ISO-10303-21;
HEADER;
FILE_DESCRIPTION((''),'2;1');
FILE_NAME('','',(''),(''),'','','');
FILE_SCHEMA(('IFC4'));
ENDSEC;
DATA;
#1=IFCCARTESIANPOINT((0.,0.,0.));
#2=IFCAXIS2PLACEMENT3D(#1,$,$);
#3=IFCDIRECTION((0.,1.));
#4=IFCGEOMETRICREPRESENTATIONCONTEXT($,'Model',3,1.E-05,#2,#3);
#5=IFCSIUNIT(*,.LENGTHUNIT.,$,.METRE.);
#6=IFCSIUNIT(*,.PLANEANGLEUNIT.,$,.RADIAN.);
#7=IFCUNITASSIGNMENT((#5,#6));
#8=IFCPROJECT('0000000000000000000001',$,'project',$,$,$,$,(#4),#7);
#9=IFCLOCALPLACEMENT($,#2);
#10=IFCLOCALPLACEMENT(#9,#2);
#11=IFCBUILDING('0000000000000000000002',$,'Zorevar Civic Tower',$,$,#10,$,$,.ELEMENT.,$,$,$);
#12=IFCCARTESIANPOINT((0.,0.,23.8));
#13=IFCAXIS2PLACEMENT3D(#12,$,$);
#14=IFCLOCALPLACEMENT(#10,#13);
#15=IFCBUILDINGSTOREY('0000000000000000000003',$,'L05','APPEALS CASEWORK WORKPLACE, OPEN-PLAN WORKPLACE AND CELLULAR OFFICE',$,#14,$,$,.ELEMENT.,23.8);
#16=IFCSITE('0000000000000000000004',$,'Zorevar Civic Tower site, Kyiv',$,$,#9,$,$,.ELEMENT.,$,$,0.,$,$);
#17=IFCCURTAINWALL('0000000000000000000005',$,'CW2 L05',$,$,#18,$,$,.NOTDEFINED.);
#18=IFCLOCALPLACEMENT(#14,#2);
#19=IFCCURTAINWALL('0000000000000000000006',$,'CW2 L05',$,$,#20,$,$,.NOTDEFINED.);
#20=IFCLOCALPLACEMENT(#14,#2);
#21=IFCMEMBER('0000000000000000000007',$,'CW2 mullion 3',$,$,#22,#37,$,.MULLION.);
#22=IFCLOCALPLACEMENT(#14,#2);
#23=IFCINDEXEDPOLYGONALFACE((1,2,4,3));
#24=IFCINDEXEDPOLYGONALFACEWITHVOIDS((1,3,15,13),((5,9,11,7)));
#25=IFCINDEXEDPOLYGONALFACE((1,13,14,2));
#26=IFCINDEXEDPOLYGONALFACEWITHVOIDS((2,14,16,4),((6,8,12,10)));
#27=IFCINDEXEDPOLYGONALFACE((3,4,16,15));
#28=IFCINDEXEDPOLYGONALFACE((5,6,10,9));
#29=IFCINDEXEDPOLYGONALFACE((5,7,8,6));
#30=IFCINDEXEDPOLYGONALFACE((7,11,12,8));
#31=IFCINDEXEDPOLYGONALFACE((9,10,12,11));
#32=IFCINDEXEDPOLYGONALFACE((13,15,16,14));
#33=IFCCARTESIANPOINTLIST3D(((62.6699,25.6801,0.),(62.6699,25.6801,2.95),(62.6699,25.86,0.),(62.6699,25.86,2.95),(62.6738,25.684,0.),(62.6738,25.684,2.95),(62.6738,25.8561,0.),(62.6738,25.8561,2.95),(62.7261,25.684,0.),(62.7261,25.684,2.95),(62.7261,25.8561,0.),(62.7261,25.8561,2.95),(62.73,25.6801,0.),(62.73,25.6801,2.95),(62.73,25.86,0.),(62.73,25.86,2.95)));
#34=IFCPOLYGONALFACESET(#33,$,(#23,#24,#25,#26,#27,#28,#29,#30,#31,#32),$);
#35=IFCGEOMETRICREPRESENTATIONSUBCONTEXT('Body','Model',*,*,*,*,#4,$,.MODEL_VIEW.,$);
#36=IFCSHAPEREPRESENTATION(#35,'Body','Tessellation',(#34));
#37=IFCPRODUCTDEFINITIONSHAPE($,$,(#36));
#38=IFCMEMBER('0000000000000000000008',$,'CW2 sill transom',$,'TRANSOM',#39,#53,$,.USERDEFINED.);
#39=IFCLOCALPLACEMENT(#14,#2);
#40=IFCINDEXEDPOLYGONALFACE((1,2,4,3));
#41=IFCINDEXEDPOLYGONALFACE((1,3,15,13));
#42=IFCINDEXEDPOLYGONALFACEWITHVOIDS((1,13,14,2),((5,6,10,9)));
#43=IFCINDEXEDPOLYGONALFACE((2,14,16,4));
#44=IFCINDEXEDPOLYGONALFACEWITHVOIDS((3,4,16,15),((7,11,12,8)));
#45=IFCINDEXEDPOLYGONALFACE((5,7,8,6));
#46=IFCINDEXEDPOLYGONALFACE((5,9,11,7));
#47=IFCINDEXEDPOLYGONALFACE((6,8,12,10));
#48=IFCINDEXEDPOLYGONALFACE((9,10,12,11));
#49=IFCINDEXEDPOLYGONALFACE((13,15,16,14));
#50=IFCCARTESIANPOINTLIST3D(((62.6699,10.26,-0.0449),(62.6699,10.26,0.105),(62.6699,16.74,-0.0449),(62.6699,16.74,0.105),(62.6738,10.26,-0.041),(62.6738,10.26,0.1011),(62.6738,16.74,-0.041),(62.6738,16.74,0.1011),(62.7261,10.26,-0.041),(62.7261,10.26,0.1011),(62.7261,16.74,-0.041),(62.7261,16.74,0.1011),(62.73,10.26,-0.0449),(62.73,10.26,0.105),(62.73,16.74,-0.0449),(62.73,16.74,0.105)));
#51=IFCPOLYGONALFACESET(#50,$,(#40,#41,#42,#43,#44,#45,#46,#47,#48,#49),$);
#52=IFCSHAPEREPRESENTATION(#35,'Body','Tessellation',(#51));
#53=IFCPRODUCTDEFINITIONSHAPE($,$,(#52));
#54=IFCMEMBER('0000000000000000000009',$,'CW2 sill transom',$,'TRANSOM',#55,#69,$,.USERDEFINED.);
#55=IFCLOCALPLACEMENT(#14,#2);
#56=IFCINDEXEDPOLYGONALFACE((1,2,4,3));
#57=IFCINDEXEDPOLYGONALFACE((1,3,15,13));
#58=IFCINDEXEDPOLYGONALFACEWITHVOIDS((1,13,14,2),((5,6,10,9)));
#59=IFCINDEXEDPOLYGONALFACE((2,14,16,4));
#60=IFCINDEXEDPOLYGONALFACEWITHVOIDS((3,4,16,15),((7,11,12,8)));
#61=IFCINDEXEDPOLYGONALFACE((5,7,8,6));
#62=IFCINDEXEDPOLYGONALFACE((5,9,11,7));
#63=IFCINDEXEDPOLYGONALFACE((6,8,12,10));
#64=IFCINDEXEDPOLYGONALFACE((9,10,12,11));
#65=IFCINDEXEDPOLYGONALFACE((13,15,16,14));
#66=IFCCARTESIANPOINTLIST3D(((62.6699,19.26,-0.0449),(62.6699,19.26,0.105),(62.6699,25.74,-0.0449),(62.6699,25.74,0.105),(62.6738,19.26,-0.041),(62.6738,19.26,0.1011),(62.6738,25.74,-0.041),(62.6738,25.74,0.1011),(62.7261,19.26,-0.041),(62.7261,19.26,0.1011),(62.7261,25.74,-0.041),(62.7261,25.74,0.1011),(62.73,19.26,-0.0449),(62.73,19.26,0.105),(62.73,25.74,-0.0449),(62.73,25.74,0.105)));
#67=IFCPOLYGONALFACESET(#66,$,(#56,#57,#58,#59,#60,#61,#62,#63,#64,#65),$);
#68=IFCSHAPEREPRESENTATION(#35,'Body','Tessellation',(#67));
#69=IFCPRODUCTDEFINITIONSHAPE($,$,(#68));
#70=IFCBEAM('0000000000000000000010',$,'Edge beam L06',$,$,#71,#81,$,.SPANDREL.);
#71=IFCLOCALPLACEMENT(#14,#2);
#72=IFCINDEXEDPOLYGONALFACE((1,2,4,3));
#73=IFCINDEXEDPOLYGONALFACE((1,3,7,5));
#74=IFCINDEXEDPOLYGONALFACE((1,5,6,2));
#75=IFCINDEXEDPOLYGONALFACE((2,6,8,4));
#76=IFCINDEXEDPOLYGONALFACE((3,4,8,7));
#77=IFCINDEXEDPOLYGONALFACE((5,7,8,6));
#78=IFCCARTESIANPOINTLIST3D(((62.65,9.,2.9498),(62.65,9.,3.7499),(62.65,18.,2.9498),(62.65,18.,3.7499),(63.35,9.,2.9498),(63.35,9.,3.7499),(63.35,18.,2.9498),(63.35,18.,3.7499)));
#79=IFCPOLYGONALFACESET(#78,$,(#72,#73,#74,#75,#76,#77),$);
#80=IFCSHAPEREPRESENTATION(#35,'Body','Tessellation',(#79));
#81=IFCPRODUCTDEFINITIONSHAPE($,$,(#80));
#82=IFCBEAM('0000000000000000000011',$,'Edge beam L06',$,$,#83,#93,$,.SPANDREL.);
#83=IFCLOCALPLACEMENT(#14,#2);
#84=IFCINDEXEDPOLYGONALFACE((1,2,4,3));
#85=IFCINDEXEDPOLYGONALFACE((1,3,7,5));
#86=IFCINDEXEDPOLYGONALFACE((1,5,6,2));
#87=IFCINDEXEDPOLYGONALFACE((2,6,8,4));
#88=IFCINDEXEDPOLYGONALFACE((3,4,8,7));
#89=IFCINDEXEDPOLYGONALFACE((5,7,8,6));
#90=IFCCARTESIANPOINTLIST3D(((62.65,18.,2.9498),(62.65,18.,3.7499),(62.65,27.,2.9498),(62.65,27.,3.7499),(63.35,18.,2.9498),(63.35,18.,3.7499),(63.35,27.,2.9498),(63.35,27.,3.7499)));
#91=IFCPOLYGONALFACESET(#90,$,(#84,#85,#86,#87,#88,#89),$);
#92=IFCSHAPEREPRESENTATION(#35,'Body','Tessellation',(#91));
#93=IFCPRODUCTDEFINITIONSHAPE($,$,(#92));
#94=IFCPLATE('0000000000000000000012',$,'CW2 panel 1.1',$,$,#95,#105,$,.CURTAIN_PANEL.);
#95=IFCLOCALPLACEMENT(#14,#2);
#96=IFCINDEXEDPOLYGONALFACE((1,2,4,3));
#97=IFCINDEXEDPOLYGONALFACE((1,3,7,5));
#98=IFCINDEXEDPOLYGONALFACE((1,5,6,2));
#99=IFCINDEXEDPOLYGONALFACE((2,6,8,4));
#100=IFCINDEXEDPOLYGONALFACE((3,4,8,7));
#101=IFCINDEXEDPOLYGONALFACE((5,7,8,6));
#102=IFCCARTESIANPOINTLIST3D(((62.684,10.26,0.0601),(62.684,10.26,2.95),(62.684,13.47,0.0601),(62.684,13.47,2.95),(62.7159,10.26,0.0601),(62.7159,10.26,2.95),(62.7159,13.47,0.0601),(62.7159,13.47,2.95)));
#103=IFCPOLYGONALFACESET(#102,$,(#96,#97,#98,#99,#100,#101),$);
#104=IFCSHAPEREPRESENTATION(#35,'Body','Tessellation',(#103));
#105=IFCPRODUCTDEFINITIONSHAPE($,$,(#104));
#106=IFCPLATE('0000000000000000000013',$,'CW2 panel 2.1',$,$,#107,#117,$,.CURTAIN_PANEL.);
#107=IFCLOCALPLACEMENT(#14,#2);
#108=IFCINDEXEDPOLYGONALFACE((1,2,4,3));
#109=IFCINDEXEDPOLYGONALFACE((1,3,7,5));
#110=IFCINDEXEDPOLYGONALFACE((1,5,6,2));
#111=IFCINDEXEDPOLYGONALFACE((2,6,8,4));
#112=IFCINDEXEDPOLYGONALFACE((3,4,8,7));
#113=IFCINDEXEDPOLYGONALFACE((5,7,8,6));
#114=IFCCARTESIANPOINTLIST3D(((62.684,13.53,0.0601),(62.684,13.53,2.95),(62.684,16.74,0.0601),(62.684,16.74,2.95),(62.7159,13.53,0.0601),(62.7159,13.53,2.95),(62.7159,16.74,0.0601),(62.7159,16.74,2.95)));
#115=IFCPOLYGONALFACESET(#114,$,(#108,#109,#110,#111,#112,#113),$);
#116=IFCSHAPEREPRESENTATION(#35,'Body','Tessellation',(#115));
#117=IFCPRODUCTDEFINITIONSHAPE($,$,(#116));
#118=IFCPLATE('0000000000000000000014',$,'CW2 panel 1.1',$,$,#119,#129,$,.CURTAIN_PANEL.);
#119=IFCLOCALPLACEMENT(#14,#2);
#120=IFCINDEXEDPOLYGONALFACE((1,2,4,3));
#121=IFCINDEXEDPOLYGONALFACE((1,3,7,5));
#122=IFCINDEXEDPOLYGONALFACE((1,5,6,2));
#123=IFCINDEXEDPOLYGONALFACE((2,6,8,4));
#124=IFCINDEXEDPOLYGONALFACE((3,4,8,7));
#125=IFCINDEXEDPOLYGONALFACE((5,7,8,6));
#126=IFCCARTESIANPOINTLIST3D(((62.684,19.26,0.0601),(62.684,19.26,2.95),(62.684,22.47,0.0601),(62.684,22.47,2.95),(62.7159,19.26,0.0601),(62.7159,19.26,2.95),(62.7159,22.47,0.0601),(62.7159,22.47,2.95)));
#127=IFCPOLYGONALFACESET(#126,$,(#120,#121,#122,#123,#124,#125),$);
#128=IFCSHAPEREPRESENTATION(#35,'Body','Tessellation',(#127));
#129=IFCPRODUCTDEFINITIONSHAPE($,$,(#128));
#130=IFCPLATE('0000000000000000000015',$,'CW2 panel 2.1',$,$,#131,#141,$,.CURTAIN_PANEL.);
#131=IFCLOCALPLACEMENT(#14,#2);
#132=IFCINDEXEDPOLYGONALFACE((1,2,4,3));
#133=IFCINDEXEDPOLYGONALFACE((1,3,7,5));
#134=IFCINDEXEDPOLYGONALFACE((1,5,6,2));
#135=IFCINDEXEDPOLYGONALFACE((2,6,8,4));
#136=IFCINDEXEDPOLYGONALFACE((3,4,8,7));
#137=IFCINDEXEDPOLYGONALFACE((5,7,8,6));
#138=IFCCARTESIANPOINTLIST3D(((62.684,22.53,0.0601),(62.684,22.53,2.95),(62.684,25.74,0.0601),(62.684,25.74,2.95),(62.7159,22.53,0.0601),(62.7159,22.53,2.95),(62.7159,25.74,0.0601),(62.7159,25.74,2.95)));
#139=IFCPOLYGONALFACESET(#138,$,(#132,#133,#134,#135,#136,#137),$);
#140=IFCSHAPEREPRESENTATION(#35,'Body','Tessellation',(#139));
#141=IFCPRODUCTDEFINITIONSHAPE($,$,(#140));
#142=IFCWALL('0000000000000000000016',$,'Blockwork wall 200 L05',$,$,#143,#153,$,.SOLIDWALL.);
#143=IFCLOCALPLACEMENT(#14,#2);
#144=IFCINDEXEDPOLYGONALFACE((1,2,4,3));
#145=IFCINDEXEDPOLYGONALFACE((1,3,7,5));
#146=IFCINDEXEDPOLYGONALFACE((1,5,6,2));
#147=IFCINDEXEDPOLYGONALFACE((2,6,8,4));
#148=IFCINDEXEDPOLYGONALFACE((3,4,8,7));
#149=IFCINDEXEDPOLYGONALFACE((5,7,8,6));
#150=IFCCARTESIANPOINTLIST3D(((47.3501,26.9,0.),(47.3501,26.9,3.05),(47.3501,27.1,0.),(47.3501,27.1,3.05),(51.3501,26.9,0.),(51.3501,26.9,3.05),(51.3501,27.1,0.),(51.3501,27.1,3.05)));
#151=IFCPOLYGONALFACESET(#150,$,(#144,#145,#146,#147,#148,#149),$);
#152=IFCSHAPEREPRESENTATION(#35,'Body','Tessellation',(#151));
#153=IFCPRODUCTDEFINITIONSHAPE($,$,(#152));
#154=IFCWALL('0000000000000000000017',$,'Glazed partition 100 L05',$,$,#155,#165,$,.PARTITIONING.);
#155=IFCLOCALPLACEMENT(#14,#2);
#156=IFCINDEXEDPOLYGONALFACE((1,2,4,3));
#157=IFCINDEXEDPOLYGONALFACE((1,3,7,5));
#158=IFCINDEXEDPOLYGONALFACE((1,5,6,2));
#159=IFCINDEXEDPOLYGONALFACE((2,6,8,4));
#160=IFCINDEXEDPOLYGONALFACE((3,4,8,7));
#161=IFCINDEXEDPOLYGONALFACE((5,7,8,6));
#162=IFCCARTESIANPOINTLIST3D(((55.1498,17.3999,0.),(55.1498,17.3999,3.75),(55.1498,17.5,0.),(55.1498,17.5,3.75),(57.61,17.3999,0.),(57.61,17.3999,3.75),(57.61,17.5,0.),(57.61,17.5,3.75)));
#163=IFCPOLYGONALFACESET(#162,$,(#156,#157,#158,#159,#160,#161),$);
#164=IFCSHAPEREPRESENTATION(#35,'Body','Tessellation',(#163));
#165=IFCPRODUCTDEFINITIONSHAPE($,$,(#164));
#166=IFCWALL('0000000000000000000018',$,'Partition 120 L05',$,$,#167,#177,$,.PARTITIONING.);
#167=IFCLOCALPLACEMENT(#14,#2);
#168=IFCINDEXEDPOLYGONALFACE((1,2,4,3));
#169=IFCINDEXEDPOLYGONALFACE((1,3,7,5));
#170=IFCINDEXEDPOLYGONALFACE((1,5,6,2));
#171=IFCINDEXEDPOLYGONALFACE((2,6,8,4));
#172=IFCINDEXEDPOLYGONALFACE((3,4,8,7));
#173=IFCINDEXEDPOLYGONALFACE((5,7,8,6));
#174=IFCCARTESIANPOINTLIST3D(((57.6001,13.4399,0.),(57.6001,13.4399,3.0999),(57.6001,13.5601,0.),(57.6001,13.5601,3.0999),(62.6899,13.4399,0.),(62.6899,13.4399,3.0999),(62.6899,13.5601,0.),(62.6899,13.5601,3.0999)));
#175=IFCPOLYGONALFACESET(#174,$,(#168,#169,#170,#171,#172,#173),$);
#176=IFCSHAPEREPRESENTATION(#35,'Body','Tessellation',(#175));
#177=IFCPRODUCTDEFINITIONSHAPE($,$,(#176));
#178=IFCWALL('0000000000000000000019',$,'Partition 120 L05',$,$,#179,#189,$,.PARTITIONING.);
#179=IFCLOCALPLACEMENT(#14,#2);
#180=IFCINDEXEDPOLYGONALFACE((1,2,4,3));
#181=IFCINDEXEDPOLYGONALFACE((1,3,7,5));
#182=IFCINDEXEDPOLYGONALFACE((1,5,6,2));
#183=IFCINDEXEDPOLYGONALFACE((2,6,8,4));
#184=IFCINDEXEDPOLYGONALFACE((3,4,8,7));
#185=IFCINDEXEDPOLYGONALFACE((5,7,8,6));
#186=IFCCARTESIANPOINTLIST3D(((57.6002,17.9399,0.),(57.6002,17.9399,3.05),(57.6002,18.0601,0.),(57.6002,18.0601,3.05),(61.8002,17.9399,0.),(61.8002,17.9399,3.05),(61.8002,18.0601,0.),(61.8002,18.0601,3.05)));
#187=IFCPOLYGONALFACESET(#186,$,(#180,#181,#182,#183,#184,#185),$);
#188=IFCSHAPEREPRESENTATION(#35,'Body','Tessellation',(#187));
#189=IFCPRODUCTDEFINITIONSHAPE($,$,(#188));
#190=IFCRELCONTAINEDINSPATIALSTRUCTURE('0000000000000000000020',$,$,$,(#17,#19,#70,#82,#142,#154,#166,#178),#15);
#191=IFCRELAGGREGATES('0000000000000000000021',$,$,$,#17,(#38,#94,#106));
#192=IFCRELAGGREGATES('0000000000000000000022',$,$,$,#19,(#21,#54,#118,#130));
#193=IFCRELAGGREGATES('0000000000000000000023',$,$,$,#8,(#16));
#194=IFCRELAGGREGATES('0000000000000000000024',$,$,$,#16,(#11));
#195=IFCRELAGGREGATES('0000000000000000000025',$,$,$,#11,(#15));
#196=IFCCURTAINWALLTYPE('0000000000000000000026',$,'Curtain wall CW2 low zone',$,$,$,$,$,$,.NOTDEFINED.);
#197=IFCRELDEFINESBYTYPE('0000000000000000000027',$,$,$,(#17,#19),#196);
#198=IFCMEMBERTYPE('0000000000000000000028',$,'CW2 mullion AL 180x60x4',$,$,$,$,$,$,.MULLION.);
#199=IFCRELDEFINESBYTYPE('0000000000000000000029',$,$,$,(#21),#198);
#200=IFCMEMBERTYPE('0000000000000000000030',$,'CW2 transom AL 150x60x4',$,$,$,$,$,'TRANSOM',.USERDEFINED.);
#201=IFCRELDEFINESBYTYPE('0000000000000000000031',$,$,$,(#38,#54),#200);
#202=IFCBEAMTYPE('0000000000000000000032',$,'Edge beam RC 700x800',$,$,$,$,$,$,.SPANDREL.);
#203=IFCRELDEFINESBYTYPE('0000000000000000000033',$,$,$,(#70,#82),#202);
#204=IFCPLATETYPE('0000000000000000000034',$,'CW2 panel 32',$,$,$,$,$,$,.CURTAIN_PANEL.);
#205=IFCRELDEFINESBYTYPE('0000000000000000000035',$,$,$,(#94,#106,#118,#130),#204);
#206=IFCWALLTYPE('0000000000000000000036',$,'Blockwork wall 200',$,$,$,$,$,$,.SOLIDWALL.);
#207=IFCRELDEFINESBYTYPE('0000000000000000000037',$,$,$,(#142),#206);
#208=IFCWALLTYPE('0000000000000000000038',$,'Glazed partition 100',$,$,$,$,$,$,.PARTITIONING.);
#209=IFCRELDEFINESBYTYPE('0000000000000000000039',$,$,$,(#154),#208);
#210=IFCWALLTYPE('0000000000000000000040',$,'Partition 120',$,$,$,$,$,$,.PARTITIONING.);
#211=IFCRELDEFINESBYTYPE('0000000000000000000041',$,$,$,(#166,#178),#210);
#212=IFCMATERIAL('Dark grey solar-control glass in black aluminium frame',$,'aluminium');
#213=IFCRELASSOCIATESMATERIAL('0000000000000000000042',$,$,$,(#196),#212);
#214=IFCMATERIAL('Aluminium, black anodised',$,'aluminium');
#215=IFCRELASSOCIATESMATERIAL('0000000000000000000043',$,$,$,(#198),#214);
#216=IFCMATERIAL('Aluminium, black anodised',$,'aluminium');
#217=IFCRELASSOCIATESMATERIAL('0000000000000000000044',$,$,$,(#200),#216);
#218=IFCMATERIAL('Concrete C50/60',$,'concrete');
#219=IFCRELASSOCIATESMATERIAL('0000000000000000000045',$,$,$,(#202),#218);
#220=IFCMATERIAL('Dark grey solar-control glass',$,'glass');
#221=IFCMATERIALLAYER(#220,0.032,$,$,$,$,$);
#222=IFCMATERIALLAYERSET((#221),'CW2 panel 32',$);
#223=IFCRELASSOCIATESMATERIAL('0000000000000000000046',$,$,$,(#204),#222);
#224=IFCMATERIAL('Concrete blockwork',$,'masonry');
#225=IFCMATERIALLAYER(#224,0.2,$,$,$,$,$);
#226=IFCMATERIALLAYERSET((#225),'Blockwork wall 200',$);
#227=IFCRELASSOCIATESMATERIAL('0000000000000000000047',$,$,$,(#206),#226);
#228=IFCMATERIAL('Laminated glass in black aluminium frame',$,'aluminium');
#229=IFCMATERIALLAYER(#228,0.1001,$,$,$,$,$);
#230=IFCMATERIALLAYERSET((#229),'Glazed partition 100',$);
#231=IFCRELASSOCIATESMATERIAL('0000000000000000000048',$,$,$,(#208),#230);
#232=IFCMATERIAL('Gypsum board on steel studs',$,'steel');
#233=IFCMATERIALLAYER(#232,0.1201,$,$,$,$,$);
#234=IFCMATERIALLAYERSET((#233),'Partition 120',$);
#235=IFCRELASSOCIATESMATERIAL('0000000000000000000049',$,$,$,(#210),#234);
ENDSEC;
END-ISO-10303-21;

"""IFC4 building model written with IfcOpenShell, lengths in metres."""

from ifc_helpers import new_model, si_unit, direction, frame, frame_2d, origin, origin_2d, place, context, subcontext, project, spatial, rectangle, hollow_rectangle, extrude, material, layer, layer_set, material_profile, profile_set, type_object, element, aggregate, save


model = new_model("IFC4")

# Units and contexts
model_context = context("Model", 3, precision=1e-05, world=origin(), true_north=direction((0.0, 1.0)))
body_context = subcontext(model_context, "Body", "Model", "MODEL_VIEW")
ifc_project = project(units=[si_unit("LENGTHUNIT", "METRE"), si_unit("PLANEANGLEUNIT", "RADIAN")], contexts=[model_context])

# Site, building, storey
site_placement = place(None, origin())
site = spatial("IfcSite", under=ifc_project, at=site_placement, Name="Zorevar Civic Tower site, Kyiv", CompositionType="ELEMENT", RefElevation=0.0)
building_placement = place(site_placement, origin())
building = spatial("IfcBuilding", under=site, at=building_placement, Name="Zorevar Civic Tower", CompositionType="ELEMENT")
storey_placement = place(building_placement, frame((0.0, 0.0, 23.8)))
storey = spatial("IfcBuildingStorey", under=building, at=storey_placement, Name="L05", Description="APPEALS CASEWORK WORKPLACE, OPEN-PLAN WORKPLACE AND CELLULAR OFFICE", CompositionType="ELEMENT", Elevation=23.8)

# Curtain walls, member
ifc_material_1 = material(Name="Dark grey solar-control glass in black aluminium frame", Category="aluminium")
curtain_wall_type = type_object("IfcCurtainWallType", Name="Curtain wall CW2 low zone", PredefinedType="NOTDEFINED", material=ifc_material_1)
curtain_wall_1_placement = place(storey_placement, origin())
curtain_wall_1 = element("IfcCurtainWall", 1, at=curtain_wall_1_placement, inside=storey, type_object=curtain_wall_type, Name="CW2 L05", PredefinedType="NOTDEFINED")
ifc_material_2 = material(Name="Aluminium, black anodised", Category="aluminium")
ifc_material_profile_1 = material_profile(ifc_material_2, hollow_rectangle(XDim=0.0601, YDim=0.1799, WallThickness=0.0039, at=origin_2d()), Name="AL 180x60x4")
ifc_profile_set_1 = profile_set([ifc_material_profile_1], Name="Aluminium, black anodised")
member_type_1 = type_object("IfcMemberType", Name="CW2 mullion AL 180x60x4", PredefinedType="MULLION", material=ifc_profile_set_1)
curtain_wall_2_placement = place(storey_placement, origin())
curtain_wall_2 = element("IfcCurtainWall", 2, at=curtain_wall_2_placement, inside=storey, type_object=curtain_wall_type, Name="CW2 L05", PredefinedType="NOTDEFINED")
member_1_placement = place(storey_placement, frame((62.7, 25.77, 0.0), z_axis=(0.0, 0.0, 1.0), x_axis=(-1.0, 0.0, 0.0)))
member_1 = element("IfcMember", 3, at=member_1_placement, type_object=member_type_1, Name="CW2 mullion 3", PredefinedType="MULLION", context=body_context, shape_type="SweptSolid", body=[
    extrude(hollow_rectangle(XDim=0.0601, YDim=0.1799, WallThickness=0.0039, at=origin_2d()), origin(), (0.0, 0.0, 1.0), 2.95),
])

# Members
ifc_material_3 = material(Name="Aluminium, black anodised", Category="aluminium")
ifc_material_profile_2 = material_profile(ifc_material_3, hollow_rectangle(XDim=0.0601, YDim=0.1499, WallThickness=0.0039, at=origin_2d()), Name="AL 150x60x4")
ifc_profile_set_2 = profile_set([ifc_material_profile_2], Name="Aluminium, black anodised")
member_type_2 = type_object("IfcMemberType", Name="CW2 transom AL 150x60x4", ElementType="TRANSOM", PredefinedType="USERDEFINED", material=ifc_profile_set_2)
member_2_placement = place(storey_placement, frame((62.7, 10.26, 0.03), z_axis=(0.0, 1.0, 0.0), x_axis=(-1.0, 0.0, 0.0)))
member_2 = element("IfcMember", 4, at=member_2_placement, type_object=member_type_2, Name="CW2 sill transom", ObjectType="TRANSOM", PredefinedType="USERDEFINED", context=body_context, shape_type="SweptSolid", body=[
    extrude(hollow_rectangle(XDim=0.0601, YDim=0.1499, WallThickness=0.0039, at=origin_2d()), origin(), (0.0, 0.0, 1.0), 6.48),
])
member_3_placement = place(storey_placement, frame((62.7, 19.26, 0.03), z_axis=(0.0, 1.0, 0.0), x_axis=(-1.0, 0.0, 0.0)))
member_3 = element("IfcMember", 5, at=member_3_placement, type_object=member_type_2, Name="CW2 sill transom", ObjectType="TRANSOM", PredefinedType="USERDEFINED", context=body_context, shape_type="SweptSolid", body=[
    extrude(hollow_rectangle(XDim=0.0601, YDim=0.1499, WallThickness=0.0039, at=origin_2d()), origin(), (0.0, 0.0, 1.0), 6.48),
])

# Beams
ifc_material_4 = material(Name="Concrete C50/60", Category="concrete")
ifc_material_profile_3 = material_profile(ifc_material_4, rectangle(XDim=0.7, YDim=0.8, at=origin_2d()), Name="RC 700x800")
ifc_profile_set_3 = profile_set([ifc_material_profile_3], Name="Concrete C50/60")
beam_type_1 = type_object("IfcBeamType", Name="Edge beam RC 700x800", PredefinedType="SPANDREL", material=ifc_profile_set_3)
for number, where, z_axis, x_axis, name in (
    (6, (63.0, 9.0, 3.3499), (0.0, 1.0, 0.0), (-1.0, 0.0, 0.0), "Edge beam L06"),
    (7, (63.0, 18.0, 3.3499), (0.0, 1.0, 0.0), (-1.0, 0.0, 0.0), "Edge beam L06"),
):
    element("IfcBeam", number, at=place(storey_placement, frame(where, z_axis=z_axis, x_axis=x_axis)), inside=storey, type_object=beam_type_1, Name=name, PredefinedType="SPANDREL", context=body_context, shape_type="SweptSolid", body=[
        extrude(rectangle(XDim=0.7, YDim=0.8, at=origin_2d()), origin(), (0.0, 0.0, 1.0), 9.0),
    ])

# Plates
ifc_material_5 = material(Name="Dark grey solar-control glass", Category="glass")
ifc_layer_1 = layer(ifc_material_5, 0.032)
ifc_layer_set_1 = layer_set([ifc_layer_1], Name="CW2 panel 32")
plate_type = type_object("IfcPlateType", Name="CW2 panel 32", PredefinedType="CURTAIN_PANEL", material=ifc_layer_set_1)
plate_1_placement = place(storey_placement, frame((62.7, 11.865, 0.0601), z_axis=(0.0, 0.0, 1.0), x_axis=(0.0, 1.0, 0.0)))
plate_1 = element("IfcPlate", 8, at=plate_1_placement, type_object=plate_type, Name="CW2 panel 1.1", PredefinedType="CURTAIN_PANEL", context=body_context, shape_type="SweptSolid", body=[
    extrude(rectangle(XDim=3.21, YDim=0.032, at=origin_2d()), origin(), (0.0, 0.0, 1.0), 2.8899),
])
plate_2_placement = place(storey_placement, frame((62.7, 15.135, 0.0601), z_axis=(0.0, 0.0, 1.0), x_axis=(0.0, 1.0, 0.0)))
plate_2 = element("IfcPlate", 9, at=plate_2_placement, type_object=plate_type, Name="CW2 panel 2.1", PredefinedType="CURTAIN_PANEL", context=body_context, shape_type="SweptSolid", body=[
    extrude(rectangle(XDim=3.21, YDim=0.032, at=origin_2d()), origin(), (0.0, 0.0, 1.0), 2.8899),
])
aggregate(curtain_wall_1, [member_2, plate_1, plate_2])
plate_3_placement = place(storey_placement, frame((62.7, 20.865, 0.0601), z_axis=(0.0, 0.0, 1.0), x_axis=(0.0, 1.0, 0.0)))
plate_3 = element("IfcPlate", 10, at=plate_3_placement, type_object=plate_type, Name="CW2 panel 1.1", PredefinedType="CURTAIN_PANEL", context=body_context, shape_type="SweptSolid", body=[
    extrude(rectangle(XDim=3.21, YDim=0.032, at=origin_2d()), origin(), (0.0, 0.0, 1.0), 2.8899),
])
plate_4_placement = place(storey_placement, frame((62.7, 24.135, 0.0601), z_axis=(0.0, 0.0, 1.0), x_axis=(0.0, 1.0, 0.0)))
plate_4 = element("IfcPlate", 11, at=plate_4_placement, type_object=plate_type, Name="CW2 panel 2.1", PredefinedType="CURTAIN_PANEL", context=body_context, shape_type="SweptSolid", body=[
    extrude(rectangle(XDim=3.21, YDim=0.032, at=origin_2d()), origin(), (0.0, 0.0, 1.0), 2.8899),
])
aggregate(curtain_wall_2, [member_1, member_3, plate_3, plate_4])

# Walls
ifc_material_6 = material(Name="Concrete blockwork", Category="masonry")
ifc_layer_2 = layer(ifc_material_6, 0.2)
ifc_layer_set_2 = layer_set([ifc_layer_2], Name="Blockwork wall 200")
wall_type_1 = type_object("IfcWallType", Name="Blockwork wall 200", PredefinedType="SOLIDWALL", material=ifc_layer_set_2)
wall_1_placement = place(storey_placement, frame((47.3501, 27.0, 0.0), z_axis=(0.0, 0.0, 1.0), x_axis=(1.0, 0.0, 0.0)))
element("IfcWall", 12, at=wall_1_placement, inside=storey, type_object=wall_type_1, Name="Blockwork wall 200 L05", PredefinedType="SOLIDWALL", context=body_context, shape_type="SweptSolid", body=[
    extrude(rectangle(XDim=4.0, YDim=0.2, at=frame_2d((2.0, 0.0))), origin(), (0.0, 0.0, 1.0), 3.05),
])
ifc_material_7 = material(Name="Laminated glass in black aluminium frame", Category="aluminium")
ifc_layer_3 = layer(ifc_material_7, 0.1001)
ifc_layer_set_3 = layer_set([ifc_layer_3], Name="Glazed partition 100")
wall_type_2 = type_object("IfcWallType", Name="Glazed partition 100", PredefinedType="PARTITIONING", material=ifc_layer_set_3)
wall_2_placement = place(storey_placement, frame((55.1499, 17.45, 0.0), z_axis=(0.0, 0.0, 1.0), x_axis=(1.0, 0.0, 0.0)))
element("IfcWall", 13, at=wall_2_placement, inside=storey, type_object=wall_type_2, Name="Glazed partition 100 L05", PredefinedType="PARTITIONING", context=body_context, shape_type="SweptSolid", body=[
    extrude(rectangle(XDim=2.4602, YDim=0.1001, at=frame_2d((1.23, 0.0))), origin(), (0.0, 0.0, 1.0), 3.75),
])
ifc_material_8 = material(Name="Gypsum board on steel studs", Category="steel")
ifc_layer_4 = layer(ifc_material_8, 0.1201)
ifc_layer_set_4 = layer_set([ifc_layer_4], Name="Partition 120")
wall_type_3 = type_object("IfcWallType", Name="Partition 120", PredefinedType="PARTITIONING", material=ifc_layer_set_4)
wall_3_placement = place(storey_placement, frame((57.6001, 13.5, 0.0), z_axis=(0.0, 0.0, 1.0), x_axis=(1.0, 0.0, 0.0)))
element("IfcWall", 14, at=wall_3_placement, inside=storey, type_object=wall_type_3, Name="Partition 120 L05", PredefinedType="PARTITIONING", context=body_context, shape_type="SweptSolid", body=[
    extrude(rectangle(XDim=5.0898, YDim=0.1201, at=frame_2d((2.5449, 0.0))), origin(), (0.0, 0.0, 1.0), 3.0999),
])
wall_4_placement = place(storey_placement, frame((57.6001, 18.0, 0.0), z_axis=(0.0, 0.0, 1.0), x_axis=(1.0, 0.0, 0.0)))
element("IfcWall", 15, at=wall_4_placement, inside=storey, type_object=wall_type_3, Name="Partition 120 L05", PredefinedType="PARTITIONING", context=body_context, shape_type="SweptSolid", body=[
    extrude(rectangle(XDim=4.2, YDim=0.1201, at=frame_2d((2.1001, 0.0))), origin(), (0.0, 0.0, 1.0), 3.05),
])

save(model, "model.ifc")
